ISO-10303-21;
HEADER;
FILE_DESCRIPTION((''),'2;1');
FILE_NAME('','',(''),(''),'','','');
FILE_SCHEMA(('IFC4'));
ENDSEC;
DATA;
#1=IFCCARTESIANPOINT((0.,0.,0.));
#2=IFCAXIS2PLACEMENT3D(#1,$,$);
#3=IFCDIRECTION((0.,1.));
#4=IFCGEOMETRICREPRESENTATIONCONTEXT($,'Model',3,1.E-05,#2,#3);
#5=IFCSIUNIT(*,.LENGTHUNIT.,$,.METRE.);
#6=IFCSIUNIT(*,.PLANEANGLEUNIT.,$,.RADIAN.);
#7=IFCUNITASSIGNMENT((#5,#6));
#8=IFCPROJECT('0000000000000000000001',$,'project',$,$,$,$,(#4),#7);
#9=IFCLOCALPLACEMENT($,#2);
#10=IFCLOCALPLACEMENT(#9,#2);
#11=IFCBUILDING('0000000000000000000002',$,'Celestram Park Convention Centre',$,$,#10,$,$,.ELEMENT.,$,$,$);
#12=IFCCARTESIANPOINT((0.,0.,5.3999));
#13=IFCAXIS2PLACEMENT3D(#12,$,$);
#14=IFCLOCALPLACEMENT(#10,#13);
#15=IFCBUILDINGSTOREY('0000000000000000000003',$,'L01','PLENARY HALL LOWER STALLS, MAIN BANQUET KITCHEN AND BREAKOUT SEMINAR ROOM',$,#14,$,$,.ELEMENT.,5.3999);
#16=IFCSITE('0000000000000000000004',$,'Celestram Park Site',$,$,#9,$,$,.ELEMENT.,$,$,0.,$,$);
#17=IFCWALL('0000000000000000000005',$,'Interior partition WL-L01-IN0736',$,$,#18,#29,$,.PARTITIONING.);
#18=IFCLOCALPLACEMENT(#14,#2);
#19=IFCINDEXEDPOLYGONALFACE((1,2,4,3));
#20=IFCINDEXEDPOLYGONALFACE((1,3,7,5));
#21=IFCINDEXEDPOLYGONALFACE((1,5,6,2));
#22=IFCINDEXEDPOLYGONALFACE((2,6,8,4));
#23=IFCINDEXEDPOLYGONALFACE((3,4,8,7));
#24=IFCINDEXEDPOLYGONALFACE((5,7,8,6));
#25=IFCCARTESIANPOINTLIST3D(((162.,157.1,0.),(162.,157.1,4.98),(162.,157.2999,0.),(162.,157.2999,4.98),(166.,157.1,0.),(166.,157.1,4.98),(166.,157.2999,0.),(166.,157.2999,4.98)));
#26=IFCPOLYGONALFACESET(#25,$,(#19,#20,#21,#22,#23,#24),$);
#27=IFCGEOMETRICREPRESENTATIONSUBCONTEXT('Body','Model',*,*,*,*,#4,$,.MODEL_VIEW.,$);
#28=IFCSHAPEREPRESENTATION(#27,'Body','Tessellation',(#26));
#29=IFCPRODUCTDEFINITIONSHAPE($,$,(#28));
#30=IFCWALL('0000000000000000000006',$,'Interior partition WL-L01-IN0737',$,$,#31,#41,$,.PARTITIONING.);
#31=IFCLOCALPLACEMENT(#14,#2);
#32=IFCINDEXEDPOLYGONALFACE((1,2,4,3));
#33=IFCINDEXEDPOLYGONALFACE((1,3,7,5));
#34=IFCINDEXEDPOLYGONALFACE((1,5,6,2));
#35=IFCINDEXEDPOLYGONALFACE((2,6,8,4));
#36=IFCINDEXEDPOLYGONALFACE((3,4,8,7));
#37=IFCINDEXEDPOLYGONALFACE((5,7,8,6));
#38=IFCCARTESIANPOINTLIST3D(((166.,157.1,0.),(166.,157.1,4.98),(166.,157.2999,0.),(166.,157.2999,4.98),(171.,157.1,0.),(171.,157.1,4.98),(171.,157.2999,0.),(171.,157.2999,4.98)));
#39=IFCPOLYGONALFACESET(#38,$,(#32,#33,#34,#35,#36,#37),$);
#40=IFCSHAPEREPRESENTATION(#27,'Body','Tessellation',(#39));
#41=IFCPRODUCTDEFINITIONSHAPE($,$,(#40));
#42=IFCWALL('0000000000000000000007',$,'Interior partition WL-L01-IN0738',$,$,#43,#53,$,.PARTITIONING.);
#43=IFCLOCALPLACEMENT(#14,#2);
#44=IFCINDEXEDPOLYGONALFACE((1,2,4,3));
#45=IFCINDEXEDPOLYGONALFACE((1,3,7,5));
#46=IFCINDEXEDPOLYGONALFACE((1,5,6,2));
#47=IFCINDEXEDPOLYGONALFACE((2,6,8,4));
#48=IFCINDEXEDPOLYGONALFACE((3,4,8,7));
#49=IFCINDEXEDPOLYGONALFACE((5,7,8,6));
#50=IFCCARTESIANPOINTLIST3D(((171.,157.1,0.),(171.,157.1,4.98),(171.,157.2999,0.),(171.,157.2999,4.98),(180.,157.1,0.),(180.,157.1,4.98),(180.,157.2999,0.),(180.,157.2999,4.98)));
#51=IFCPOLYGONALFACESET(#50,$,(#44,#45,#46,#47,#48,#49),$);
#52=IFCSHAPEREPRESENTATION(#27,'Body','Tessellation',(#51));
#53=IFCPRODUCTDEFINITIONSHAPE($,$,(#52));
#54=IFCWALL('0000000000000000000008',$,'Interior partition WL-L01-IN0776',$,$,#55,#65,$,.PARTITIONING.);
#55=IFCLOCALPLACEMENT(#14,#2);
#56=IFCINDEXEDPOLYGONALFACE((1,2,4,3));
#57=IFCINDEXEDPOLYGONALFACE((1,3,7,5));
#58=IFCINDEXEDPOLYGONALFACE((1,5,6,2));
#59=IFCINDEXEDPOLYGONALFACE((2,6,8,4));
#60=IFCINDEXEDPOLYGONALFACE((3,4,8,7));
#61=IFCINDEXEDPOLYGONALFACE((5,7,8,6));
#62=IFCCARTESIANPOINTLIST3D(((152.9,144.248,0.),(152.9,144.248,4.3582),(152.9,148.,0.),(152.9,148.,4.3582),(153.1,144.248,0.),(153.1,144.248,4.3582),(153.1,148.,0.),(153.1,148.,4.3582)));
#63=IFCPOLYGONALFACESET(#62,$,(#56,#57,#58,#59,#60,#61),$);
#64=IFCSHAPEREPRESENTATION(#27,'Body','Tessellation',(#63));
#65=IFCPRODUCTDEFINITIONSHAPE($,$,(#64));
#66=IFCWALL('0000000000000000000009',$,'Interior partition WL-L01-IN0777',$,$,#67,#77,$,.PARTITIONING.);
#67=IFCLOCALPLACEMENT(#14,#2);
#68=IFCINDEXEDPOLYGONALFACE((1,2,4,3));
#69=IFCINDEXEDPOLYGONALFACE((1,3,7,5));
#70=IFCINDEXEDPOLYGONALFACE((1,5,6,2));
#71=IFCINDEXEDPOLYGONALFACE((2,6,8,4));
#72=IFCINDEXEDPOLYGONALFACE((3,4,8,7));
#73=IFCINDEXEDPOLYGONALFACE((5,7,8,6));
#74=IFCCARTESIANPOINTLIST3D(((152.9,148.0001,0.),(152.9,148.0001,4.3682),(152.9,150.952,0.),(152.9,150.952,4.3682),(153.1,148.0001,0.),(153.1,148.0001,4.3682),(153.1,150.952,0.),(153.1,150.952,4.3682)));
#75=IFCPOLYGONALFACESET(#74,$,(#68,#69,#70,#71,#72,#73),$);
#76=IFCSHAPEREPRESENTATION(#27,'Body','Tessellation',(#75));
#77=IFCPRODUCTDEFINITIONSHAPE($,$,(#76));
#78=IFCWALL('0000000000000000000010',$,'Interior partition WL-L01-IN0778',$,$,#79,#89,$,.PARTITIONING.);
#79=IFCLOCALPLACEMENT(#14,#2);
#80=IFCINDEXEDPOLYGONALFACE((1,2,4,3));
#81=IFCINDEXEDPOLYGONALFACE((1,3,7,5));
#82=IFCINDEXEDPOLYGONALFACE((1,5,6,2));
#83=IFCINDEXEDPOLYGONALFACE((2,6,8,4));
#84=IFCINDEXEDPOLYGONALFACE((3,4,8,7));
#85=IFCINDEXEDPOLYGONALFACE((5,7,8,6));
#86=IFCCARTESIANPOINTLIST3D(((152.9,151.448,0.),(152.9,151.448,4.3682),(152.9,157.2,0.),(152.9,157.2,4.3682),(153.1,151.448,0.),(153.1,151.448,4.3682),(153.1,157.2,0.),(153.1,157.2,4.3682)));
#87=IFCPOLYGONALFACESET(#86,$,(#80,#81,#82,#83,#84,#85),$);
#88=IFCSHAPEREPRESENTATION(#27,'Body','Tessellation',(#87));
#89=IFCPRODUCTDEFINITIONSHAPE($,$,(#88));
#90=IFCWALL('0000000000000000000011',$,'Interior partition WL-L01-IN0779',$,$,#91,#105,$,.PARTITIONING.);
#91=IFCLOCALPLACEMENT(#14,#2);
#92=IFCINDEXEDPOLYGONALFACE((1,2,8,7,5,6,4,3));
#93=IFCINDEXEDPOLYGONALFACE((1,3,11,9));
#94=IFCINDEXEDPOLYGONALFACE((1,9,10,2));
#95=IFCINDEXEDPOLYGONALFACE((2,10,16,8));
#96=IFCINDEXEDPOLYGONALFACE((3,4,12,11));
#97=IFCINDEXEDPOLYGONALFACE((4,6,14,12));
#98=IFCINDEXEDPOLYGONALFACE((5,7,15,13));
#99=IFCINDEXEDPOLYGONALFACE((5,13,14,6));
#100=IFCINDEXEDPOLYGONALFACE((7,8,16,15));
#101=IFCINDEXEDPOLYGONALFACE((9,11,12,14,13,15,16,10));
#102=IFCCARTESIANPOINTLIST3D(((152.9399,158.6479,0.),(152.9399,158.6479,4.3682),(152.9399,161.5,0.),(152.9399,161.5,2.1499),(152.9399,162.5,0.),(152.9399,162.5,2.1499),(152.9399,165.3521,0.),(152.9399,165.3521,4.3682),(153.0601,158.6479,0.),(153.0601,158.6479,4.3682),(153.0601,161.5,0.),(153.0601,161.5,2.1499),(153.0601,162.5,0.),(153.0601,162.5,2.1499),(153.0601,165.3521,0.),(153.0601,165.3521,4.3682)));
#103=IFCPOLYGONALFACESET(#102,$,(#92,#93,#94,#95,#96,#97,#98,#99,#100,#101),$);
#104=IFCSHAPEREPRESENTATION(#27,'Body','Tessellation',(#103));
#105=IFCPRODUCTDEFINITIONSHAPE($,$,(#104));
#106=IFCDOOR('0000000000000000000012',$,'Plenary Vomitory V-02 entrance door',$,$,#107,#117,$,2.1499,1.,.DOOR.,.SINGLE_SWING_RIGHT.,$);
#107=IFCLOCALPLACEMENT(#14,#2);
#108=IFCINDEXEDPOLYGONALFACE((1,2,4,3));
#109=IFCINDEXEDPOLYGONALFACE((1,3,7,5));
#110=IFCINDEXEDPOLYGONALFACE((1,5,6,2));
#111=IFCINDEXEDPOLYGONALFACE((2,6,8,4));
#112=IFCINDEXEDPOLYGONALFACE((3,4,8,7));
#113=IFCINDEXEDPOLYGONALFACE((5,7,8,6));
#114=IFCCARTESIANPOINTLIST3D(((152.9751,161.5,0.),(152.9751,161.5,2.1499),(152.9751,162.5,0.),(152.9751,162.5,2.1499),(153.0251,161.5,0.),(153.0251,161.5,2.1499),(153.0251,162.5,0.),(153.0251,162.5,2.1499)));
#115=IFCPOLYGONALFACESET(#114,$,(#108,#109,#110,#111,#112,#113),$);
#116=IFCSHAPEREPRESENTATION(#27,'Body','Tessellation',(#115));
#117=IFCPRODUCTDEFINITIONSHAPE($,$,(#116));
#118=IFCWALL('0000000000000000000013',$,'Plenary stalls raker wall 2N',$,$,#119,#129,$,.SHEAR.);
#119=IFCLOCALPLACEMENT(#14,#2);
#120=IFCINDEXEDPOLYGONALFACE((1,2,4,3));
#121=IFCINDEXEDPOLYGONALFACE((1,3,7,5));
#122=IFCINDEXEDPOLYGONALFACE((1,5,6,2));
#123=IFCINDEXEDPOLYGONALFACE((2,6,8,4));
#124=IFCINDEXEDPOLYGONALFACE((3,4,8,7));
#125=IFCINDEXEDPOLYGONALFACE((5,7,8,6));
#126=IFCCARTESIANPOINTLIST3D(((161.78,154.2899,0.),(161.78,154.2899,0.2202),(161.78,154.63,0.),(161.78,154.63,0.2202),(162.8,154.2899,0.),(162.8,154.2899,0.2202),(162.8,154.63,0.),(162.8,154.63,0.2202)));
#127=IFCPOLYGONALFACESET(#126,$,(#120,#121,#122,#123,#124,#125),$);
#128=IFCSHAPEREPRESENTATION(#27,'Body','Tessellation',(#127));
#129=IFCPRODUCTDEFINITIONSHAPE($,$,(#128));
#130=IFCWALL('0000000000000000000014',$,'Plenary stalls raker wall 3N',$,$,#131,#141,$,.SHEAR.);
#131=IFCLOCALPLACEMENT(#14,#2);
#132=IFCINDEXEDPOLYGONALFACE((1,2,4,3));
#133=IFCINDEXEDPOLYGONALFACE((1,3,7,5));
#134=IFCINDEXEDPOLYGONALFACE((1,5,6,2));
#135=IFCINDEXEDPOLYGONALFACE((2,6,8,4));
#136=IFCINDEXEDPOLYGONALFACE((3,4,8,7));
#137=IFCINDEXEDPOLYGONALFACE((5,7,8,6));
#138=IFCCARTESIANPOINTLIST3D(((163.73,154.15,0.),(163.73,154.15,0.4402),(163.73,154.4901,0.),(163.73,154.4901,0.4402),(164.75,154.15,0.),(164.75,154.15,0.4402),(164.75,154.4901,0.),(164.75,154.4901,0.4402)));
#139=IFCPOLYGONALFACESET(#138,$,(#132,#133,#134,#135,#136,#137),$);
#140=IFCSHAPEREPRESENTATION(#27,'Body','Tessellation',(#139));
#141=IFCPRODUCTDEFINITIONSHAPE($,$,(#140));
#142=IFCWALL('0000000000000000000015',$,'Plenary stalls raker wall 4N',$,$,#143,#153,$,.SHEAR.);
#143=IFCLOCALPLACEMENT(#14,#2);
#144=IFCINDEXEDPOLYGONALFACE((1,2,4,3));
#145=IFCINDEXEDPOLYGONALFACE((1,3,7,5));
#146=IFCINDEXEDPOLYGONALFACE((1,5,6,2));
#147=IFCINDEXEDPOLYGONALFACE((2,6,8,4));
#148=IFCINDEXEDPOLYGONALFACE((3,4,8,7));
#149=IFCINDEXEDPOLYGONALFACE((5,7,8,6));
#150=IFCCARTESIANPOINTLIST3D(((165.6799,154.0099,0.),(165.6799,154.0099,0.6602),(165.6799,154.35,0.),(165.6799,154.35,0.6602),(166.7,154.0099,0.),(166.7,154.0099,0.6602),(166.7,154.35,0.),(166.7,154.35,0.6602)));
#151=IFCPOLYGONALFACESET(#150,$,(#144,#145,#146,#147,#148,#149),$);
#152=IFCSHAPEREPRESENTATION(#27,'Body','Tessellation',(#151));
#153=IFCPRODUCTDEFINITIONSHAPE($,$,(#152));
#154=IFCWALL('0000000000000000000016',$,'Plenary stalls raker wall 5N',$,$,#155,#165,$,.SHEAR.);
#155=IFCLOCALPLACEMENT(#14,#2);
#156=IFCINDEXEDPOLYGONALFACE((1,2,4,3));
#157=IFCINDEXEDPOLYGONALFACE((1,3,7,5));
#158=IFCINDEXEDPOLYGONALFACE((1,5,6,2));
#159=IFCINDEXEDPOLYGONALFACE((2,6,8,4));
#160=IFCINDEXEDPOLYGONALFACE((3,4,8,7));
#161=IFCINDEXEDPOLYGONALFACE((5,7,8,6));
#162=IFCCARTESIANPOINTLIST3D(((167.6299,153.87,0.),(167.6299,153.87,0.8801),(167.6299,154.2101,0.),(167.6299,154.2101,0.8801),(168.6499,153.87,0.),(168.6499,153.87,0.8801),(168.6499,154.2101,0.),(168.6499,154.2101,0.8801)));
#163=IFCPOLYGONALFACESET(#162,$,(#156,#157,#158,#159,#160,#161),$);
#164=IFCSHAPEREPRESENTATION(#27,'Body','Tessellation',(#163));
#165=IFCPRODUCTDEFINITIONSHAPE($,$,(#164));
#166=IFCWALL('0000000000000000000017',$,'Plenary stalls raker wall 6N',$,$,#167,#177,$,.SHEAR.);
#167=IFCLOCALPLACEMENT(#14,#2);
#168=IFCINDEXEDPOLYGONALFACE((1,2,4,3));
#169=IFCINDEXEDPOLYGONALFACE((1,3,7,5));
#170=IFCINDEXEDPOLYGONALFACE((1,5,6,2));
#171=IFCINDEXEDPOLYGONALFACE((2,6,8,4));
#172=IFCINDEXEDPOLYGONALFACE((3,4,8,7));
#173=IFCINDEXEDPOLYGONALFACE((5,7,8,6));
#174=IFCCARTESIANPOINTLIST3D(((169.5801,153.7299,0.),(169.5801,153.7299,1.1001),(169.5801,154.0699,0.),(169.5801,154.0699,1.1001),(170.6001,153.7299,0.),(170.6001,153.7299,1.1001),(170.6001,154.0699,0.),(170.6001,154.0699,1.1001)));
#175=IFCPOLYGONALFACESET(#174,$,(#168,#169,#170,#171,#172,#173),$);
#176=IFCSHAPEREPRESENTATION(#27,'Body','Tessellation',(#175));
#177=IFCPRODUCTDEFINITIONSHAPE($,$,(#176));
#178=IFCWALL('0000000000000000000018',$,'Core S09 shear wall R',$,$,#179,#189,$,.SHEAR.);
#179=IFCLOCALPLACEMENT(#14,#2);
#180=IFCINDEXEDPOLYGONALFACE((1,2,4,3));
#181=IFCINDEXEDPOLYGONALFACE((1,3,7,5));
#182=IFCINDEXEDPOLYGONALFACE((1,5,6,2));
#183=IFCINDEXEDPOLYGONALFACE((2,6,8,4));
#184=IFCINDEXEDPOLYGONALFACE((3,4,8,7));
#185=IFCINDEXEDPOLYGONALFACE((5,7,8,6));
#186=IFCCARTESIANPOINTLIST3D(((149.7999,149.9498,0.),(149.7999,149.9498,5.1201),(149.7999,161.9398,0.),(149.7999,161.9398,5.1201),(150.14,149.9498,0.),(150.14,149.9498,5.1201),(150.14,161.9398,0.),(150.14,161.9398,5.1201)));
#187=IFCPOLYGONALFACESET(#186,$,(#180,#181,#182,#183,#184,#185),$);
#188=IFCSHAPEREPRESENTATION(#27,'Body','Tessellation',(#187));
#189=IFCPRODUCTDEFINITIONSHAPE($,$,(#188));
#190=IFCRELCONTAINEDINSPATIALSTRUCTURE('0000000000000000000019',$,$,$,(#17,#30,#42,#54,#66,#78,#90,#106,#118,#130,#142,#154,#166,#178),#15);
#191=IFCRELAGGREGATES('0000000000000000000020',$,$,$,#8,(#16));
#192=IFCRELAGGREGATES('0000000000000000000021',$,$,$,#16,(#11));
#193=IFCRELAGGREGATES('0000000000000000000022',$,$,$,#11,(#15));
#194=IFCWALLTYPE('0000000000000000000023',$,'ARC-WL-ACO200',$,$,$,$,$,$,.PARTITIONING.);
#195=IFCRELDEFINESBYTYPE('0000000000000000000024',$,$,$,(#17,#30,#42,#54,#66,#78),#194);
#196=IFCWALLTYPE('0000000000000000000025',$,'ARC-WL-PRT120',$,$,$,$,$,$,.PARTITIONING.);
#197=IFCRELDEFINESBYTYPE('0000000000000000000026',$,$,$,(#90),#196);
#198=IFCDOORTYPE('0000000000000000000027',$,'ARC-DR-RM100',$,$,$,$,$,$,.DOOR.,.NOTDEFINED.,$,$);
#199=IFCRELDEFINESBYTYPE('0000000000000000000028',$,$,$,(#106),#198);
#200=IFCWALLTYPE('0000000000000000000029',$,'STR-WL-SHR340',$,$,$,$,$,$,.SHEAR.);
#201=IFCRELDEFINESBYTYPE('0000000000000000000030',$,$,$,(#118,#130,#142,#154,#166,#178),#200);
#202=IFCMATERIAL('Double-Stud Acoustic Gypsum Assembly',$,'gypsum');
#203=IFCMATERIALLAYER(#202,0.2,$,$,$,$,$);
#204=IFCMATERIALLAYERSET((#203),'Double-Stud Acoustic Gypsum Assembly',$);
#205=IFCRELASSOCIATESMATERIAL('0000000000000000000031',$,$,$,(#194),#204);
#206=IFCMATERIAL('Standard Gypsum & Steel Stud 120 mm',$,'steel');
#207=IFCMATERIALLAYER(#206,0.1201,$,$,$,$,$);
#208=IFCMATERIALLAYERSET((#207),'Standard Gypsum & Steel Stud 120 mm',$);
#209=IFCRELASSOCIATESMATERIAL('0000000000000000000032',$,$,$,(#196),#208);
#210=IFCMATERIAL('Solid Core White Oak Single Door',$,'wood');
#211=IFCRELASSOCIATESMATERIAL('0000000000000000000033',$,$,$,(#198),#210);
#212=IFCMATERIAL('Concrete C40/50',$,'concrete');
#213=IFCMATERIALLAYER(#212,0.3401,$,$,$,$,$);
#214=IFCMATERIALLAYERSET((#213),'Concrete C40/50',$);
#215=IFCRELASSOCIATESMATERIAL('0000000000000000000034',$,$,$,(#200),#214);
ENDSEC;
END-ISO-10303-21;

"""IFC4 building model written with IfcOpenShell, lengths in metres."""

from ifc_helpers import new_model, si_unit, direction, frame, frame_2d, origin, place, context, subcontext, project, spatial, rectangle, extrude, material, layer, layer_set, type_object, element, fill, save


model = new_model("IFC4")

# Units and contexts
model_context = context("Model", 3, precision=1e-05, world=origin(), true_north=direction((0.0, 1.0)))
body_context = subcontext(model_context, "Body", "Model", "MODEL_VIEW")
ifc_project = project(units=[si_unit("LENGTHUNIT", "METRE"), si_unit("PLANEANGLEUNIT", "RADIAN")], contexts=[model_context])

# Site, building, storey
site_placement = place(None, origin())
site = spatial("IfcSite", under=ifc_project, at=site_placement, Name="Celestram Park Site", CompositionType="ELEMENT", RefElevation=0.0)
building_placement = place(site_placement, origin())
building = spatial("IfcBuilding", under=site, at=building_placement, Name="Celestram Park Convention Centre", CompositionType="ELEMENT")
storey_placement = place(building_placement, frame((0.0, 0.0, 5.3999)))
storey = spatial("IfcBuildingStorey", under=building, at=storey_placement, Name="L01", Description="PLENARY HALL LOWER STALLS, MAIN BANQUET KITCHEN AND BREAKOUT SEMINAR ROOM", CompositionType="ELEMENT", Elevation=5.3999)

# Walls
ifc_material_1 = material(Name="Double-Stud Acoustic Gypsum Assembly", Category="gypsum")
ifc_layer_1 = layer(ifc_material_1, 0.2)
ifc_layer_set_1 = layer_set([ifc_layer_1], Name="Double-Stud Acoustic Gypsum Assembly")
wall_type_1 = type_object("IfcWallType", Name="ARC-WL-ACO200", PredefinedType="PARTITIONING", material=ifc_layer_set_1)
wall_1_placement = place(storey_placement, frame((162.0, 157.2, 0.0), z_axis=(0.0, 0.0, 1.0), x_axis=(1.0, 0.0, 0.0)))
element("IfcWall", 1, at=wall_1_placement, inside=storey, type_object=wall_type_1, Name="Interior partition WL-L01-IN0736", PredefinedType="PARTITIONING", context=body_context, shape_type="SweptSolid", body=[
    extrude(rectangle(XDim=4.0, YDim=0.2, at=frame_2d((2.0, 0.0))), origin(), (0.0, 0.0, 1.0), 4.98),
])
wall_2_placement = place(storey_placement, frame((166.0, 157.2, 0.0), z_axis=(0.0, 0.0, 1.0), x_axis=(1.0, 0.0, 0.0)))
element("IfcWall", 2, at=wall_2_placement, inside=storey, type_object=wall_type_1, Name="Interior partition WL-L01-IN0737", PredefinedType="PARTITIONING", context=body_context, shape_type="SweptSolid", body=[
    extrude(rectangle(XDim=5.0, YDim=0.2, at=frame_2d((2.5, 0.0))), origin(), (0.0, 0.0, 1.0), 4.98),
])
wall_3_placement = place(storey_placement, frame((171.0, 157.2, 0.0), z_axis=(0.0, 0.0, 1.0), x_axis=(1.0, 0.0, 0.0)))
element("IfcWall", 3, at=wall_3_placement, inside=storey, type_object=wall_type_1, Name="Interior partition WL-L01-IN0738", PredefinedType="PARTITIONING", context=body_context, shape_type="SweptSolid", body=[
    extrude(rectangle(XDim=9.0, YDim=0.2, at=frame_2d((4.5, 0.0))), origin(), (0.0, 0.0, 1.0), 4.98),
])
wall_4_placement = place(storey_placement, frame((153.0, 144.248, 0.0), z_axis=(0.0, 0.0, 1.0), x_axis=(0.0, 1.0, 0.0)))
element("IfcWall", 4, at=wall_4_placement, inside=storey, type_object=wall_type_1, Name="Interior partition WL-L01-IN0776", PredefinedType="PARTITIONING", context=body_context, shape_type="SweptSolid", body=[
    extrude(rectangle(XDim=3.752, YDim=0.2, at=frame_2d((1.876, 0.0))), origin(), (0.0, 0.0, 1.0), 4.3582),
])
wall_5_placement = place(storey_placement, frame((153.0, 148.0, 0.0), z_axis=(0.0, 0.0, 1.0), x_axis=(0.0, 1.0, 0.0)))
element("IfcWall", 5, at=wall_5_placement, inside=storey, type_object=wall_type_1, Name="Interior partition WL-L01-IN0777", PredefinedType="PARTITIONING", context=body_context, shape_type="SweptSolid", body=[
    extrude(rectangle(XDim=2.9519, YDim=0.2, at=frame_2d((1.4761, 0.0))), origin(), (0.0, 0.0, 1.0), 4.3682),
])
wall_6_placement = place(storey_placement, frame((153.0, 151.448, 0.0), z_axis=(0.0, 0.0, 1.0), x_axis=(0.0, 1.0, 0.0)))
element("IfcWall", 6, at=wall_6_placement, inside=storey, type_object=wall_type_1, Name="Interior partition WL-L01-IN0778", PredefinedType="PARTITIONING", context=body_context, shape_type="SweptSolid", body=[
    extrude(rectangle(XDim=5.752, YDim=0.2, at=frame_2d((2.876, 0.0))), origin(), (0.0, 0.0, 1.0), 4.3682),
])

# Wall, opening, door
ifc_material_2 = material(Name="Standard Gypsum & Steel Stud 120 mm", Category="steel")
ifc_layer_2 = layer(ifc_material_2, 0.1201)
ifc_layer_set_2 = layer_set([ifc_layer_2], Name="Standard Gypsum & Steel Stud 120 mm")
wall_type_2 = type_object("IfcWallType", Name="ARC-WL-PRT120", PredefinedType="PARTITIONING", material=ifc_layer_set_2)
wall_7_placement = place(storey_placement, frame((153.0, 158.6479, 0.0), z_axis=(0.0, 0.0, 1.0), x_axis=(0.0, 1.0, 0.0)))
wall_7 = element("IfcWall", 7, at=wall_7_placement, inside=storey, type_object=wall_type_2, Name="Interior partition WL-L01-IN0779", PredefinedType="PARTITIONING", context=body_context, shape_type="SweptSolid", body=[
    extrude(rectangle(XDim=6.7041, YDim=0.1201, at=frame_2d((3.3521, 0.0))), origin(), (0.0, 0.0, 1.0), 4.3682),
])
opening_placement = place(wall_7_placement, frame((2.8521, 0.0, 0.0)))
opening = element("IfcOpeningElement", 8, at=opening_placement, cuts=wall_7, PredefinedType="OPENING", context=body_context, shape_type="SweptSolid", body=[
    extrude(rectangle(XDim=1.0, YDim=2.1499, at=frame_2d((0.5, 1.075))), frame((0.0, 0.0701, 0.0), z_axis=(0.0, -1.0, 0.0), x_axis=(1.0, 0.0, 0.0)), (0.0, 0.0, 1.0), 0.1401),
])
ifc_material_3 = material(Name="Solid Core White Oak Single Door", Category="wood")
door_type = type_object("IfcDoorType", Name="ARC-DR-RM100", OperationType="NOTDEFINED", PredefinedType="DOOR", material=ifc_material_3)
door_placement = place(opening_placement, origin())
door = element("IfcDoor", 9, at=door_placement, inside=storey, type_object=door_type, Name="Plenary Vomitory V-02 entrance door", OperationType="SINGLE_SWING_RIGHT", OverallHeight=2.1499, OverallWidth=1.0, PredefinedType="DOOR", context=body_context, shape_type="SweptSolid", body=[
    extrude(rectangle(XDim=1.0, YDim=2.1499, at=frame_2d((0.5, 1.075))), frame((0.0, 0.0249, 0.0), z_axis=(0.0, -1.0, 0.0), x_axis=(1.0, 0.0, 0.0)), (0.0, 0.0, 1.0), 0.05),
])
fill(opening, door)

# Walls
ifc_material_4 = material(Name="Concrete C40/50", Category="concrete")
ifc_layer_3 = layer(ifc_material_4, 0.3401)
ifc_layer_set_3 = layer_set([ifc_layer_3], Name="Concrete C40/50")
wall_type_3 = type_object("IfcWallType", Name="STR-WL-SHR340", PredefinedType="SHEAR", material=ifc_layer_set_3)
wall_8_placement = place(storey_placement, frame((161.78, 154.46, 0.0), z_axis=(0.0, 0.0, 1.0), x_axis=(1.0, 0.0, 0.0)))
element("IfcWall", 10, at=wall_8_placement, inside=storey, type_object=wall_type_3, Name="Plenary stalls raker wall 2N", PredefinedType="SHEAR", context=body_context, shape_type="SweptSolid", body=[
    extrude(rectangle(XDim=1.02, YDim=0.3401, at=frame_2d((0.51, 0.0))), origin(), (0.0, 0.0, 1.0), 0.2202),
])
wall_9_placement = place(storey_placement, frame((163.73, 154.3201, 0.0), z_axis=(0.0, 0.0, 1.0), x_axis=(1.0, 0.0, 0.0)))
element("IfcWall", 11, at=wall_9_placement, inside=storey, type_object=wall_type_3, Name="Plenary stalls raker wall 3N", PredefinedType="SHEAR", context=body_context, shape_type="SweptSolid", body=[
    extrude(rectangle(XDim=1.02, YDim=0.3401, at=frame_2d((0.51, 0.0))), origin(), (0.0, 0.0, 1.0), 0.4402),
])
wall_10_placement = place(storey_placement, frame((165.6799, 154.1799, 0.0), z_axis=(0.0, 0.0, 1.0), x_axis=(1.0, 0.0, 0.0)))
element("IfcWall", 12, at=wall_10_placement, inside=storey, type_object=wall_type_3, Name="Plenary stalls raker wall 4N", PredefinedType="SHEAR", context=body_context, shape_type="SweptSolid", body=[
    extrude(rectangle(XDim=1.02, YDim=0.3401, at=frame_2d((0.51, 0.0))), origin(), (0.0, 0.0, 1.0), 0.6602),
])
wall_11_placement = place(storey_placement, frame((167.6299, 154.04, 0.0), z_axis=(0.0, 0.0, 1.0), x_axis=(1.0, 0.0, 0.0)))
element("IfcWall", 13, at=wall_11_placement, inside=storey, type_object=wall_type_3, Name="Plenary stalls raker wall 5N", PredefinedType="SHEAR", context=body_context, shape_type="SweptSolid", body=[
    extrude(rectangle(XDim=1.02, YDim=0.3401, at=frame_2d((0.51, 0.0))), origin(), (0.0, 0.0, 1.0), 0.8801),
])
wall_12_placement = place(storey_placement, frame((169.5801, 153.8999, 0.0), z_axis=(0.0, 0.0, 1.0), x_axis=(1.0, 0.0, 0.0)))
element("IfcWall", 14, at=wall_12_placement, inside=storey, type_object=wall_type_3, Name="Plenary stalls raker wall 6N", PredefinedType="SHEAR", context=body_context, shape_type="SweptSolid", body=[
    extrude(rectangle(XDim=1.02, YDim=0.3401, at=frame_2d((0.51, 0.0))), origin(), (0.0, 0.0, 1.0), 1.1001),
])
wall_13_placement = place(storey_placement, frame((149.97, 161.9399, 0.0), z_axis=(0.0, 0.0, 1.0), x_axis=(0.0, -1.0, 0.0)))
element("IfcWall", 15, at=wall_13_placement, inside=storey, type_object=wall_type_3, Name="Core S09 shear wall R", PredefinedType="SHEAR", context=body_context, shape_type="SweptSolid", body=[
    extrude(rectangle(XDim=11.99, YDim=0.3401, at=frame_2d((5.9951, 0.0))), origin(), (0.0, 0.0, 1.0), 5.1201),
])

save(model, "model.ifc")
